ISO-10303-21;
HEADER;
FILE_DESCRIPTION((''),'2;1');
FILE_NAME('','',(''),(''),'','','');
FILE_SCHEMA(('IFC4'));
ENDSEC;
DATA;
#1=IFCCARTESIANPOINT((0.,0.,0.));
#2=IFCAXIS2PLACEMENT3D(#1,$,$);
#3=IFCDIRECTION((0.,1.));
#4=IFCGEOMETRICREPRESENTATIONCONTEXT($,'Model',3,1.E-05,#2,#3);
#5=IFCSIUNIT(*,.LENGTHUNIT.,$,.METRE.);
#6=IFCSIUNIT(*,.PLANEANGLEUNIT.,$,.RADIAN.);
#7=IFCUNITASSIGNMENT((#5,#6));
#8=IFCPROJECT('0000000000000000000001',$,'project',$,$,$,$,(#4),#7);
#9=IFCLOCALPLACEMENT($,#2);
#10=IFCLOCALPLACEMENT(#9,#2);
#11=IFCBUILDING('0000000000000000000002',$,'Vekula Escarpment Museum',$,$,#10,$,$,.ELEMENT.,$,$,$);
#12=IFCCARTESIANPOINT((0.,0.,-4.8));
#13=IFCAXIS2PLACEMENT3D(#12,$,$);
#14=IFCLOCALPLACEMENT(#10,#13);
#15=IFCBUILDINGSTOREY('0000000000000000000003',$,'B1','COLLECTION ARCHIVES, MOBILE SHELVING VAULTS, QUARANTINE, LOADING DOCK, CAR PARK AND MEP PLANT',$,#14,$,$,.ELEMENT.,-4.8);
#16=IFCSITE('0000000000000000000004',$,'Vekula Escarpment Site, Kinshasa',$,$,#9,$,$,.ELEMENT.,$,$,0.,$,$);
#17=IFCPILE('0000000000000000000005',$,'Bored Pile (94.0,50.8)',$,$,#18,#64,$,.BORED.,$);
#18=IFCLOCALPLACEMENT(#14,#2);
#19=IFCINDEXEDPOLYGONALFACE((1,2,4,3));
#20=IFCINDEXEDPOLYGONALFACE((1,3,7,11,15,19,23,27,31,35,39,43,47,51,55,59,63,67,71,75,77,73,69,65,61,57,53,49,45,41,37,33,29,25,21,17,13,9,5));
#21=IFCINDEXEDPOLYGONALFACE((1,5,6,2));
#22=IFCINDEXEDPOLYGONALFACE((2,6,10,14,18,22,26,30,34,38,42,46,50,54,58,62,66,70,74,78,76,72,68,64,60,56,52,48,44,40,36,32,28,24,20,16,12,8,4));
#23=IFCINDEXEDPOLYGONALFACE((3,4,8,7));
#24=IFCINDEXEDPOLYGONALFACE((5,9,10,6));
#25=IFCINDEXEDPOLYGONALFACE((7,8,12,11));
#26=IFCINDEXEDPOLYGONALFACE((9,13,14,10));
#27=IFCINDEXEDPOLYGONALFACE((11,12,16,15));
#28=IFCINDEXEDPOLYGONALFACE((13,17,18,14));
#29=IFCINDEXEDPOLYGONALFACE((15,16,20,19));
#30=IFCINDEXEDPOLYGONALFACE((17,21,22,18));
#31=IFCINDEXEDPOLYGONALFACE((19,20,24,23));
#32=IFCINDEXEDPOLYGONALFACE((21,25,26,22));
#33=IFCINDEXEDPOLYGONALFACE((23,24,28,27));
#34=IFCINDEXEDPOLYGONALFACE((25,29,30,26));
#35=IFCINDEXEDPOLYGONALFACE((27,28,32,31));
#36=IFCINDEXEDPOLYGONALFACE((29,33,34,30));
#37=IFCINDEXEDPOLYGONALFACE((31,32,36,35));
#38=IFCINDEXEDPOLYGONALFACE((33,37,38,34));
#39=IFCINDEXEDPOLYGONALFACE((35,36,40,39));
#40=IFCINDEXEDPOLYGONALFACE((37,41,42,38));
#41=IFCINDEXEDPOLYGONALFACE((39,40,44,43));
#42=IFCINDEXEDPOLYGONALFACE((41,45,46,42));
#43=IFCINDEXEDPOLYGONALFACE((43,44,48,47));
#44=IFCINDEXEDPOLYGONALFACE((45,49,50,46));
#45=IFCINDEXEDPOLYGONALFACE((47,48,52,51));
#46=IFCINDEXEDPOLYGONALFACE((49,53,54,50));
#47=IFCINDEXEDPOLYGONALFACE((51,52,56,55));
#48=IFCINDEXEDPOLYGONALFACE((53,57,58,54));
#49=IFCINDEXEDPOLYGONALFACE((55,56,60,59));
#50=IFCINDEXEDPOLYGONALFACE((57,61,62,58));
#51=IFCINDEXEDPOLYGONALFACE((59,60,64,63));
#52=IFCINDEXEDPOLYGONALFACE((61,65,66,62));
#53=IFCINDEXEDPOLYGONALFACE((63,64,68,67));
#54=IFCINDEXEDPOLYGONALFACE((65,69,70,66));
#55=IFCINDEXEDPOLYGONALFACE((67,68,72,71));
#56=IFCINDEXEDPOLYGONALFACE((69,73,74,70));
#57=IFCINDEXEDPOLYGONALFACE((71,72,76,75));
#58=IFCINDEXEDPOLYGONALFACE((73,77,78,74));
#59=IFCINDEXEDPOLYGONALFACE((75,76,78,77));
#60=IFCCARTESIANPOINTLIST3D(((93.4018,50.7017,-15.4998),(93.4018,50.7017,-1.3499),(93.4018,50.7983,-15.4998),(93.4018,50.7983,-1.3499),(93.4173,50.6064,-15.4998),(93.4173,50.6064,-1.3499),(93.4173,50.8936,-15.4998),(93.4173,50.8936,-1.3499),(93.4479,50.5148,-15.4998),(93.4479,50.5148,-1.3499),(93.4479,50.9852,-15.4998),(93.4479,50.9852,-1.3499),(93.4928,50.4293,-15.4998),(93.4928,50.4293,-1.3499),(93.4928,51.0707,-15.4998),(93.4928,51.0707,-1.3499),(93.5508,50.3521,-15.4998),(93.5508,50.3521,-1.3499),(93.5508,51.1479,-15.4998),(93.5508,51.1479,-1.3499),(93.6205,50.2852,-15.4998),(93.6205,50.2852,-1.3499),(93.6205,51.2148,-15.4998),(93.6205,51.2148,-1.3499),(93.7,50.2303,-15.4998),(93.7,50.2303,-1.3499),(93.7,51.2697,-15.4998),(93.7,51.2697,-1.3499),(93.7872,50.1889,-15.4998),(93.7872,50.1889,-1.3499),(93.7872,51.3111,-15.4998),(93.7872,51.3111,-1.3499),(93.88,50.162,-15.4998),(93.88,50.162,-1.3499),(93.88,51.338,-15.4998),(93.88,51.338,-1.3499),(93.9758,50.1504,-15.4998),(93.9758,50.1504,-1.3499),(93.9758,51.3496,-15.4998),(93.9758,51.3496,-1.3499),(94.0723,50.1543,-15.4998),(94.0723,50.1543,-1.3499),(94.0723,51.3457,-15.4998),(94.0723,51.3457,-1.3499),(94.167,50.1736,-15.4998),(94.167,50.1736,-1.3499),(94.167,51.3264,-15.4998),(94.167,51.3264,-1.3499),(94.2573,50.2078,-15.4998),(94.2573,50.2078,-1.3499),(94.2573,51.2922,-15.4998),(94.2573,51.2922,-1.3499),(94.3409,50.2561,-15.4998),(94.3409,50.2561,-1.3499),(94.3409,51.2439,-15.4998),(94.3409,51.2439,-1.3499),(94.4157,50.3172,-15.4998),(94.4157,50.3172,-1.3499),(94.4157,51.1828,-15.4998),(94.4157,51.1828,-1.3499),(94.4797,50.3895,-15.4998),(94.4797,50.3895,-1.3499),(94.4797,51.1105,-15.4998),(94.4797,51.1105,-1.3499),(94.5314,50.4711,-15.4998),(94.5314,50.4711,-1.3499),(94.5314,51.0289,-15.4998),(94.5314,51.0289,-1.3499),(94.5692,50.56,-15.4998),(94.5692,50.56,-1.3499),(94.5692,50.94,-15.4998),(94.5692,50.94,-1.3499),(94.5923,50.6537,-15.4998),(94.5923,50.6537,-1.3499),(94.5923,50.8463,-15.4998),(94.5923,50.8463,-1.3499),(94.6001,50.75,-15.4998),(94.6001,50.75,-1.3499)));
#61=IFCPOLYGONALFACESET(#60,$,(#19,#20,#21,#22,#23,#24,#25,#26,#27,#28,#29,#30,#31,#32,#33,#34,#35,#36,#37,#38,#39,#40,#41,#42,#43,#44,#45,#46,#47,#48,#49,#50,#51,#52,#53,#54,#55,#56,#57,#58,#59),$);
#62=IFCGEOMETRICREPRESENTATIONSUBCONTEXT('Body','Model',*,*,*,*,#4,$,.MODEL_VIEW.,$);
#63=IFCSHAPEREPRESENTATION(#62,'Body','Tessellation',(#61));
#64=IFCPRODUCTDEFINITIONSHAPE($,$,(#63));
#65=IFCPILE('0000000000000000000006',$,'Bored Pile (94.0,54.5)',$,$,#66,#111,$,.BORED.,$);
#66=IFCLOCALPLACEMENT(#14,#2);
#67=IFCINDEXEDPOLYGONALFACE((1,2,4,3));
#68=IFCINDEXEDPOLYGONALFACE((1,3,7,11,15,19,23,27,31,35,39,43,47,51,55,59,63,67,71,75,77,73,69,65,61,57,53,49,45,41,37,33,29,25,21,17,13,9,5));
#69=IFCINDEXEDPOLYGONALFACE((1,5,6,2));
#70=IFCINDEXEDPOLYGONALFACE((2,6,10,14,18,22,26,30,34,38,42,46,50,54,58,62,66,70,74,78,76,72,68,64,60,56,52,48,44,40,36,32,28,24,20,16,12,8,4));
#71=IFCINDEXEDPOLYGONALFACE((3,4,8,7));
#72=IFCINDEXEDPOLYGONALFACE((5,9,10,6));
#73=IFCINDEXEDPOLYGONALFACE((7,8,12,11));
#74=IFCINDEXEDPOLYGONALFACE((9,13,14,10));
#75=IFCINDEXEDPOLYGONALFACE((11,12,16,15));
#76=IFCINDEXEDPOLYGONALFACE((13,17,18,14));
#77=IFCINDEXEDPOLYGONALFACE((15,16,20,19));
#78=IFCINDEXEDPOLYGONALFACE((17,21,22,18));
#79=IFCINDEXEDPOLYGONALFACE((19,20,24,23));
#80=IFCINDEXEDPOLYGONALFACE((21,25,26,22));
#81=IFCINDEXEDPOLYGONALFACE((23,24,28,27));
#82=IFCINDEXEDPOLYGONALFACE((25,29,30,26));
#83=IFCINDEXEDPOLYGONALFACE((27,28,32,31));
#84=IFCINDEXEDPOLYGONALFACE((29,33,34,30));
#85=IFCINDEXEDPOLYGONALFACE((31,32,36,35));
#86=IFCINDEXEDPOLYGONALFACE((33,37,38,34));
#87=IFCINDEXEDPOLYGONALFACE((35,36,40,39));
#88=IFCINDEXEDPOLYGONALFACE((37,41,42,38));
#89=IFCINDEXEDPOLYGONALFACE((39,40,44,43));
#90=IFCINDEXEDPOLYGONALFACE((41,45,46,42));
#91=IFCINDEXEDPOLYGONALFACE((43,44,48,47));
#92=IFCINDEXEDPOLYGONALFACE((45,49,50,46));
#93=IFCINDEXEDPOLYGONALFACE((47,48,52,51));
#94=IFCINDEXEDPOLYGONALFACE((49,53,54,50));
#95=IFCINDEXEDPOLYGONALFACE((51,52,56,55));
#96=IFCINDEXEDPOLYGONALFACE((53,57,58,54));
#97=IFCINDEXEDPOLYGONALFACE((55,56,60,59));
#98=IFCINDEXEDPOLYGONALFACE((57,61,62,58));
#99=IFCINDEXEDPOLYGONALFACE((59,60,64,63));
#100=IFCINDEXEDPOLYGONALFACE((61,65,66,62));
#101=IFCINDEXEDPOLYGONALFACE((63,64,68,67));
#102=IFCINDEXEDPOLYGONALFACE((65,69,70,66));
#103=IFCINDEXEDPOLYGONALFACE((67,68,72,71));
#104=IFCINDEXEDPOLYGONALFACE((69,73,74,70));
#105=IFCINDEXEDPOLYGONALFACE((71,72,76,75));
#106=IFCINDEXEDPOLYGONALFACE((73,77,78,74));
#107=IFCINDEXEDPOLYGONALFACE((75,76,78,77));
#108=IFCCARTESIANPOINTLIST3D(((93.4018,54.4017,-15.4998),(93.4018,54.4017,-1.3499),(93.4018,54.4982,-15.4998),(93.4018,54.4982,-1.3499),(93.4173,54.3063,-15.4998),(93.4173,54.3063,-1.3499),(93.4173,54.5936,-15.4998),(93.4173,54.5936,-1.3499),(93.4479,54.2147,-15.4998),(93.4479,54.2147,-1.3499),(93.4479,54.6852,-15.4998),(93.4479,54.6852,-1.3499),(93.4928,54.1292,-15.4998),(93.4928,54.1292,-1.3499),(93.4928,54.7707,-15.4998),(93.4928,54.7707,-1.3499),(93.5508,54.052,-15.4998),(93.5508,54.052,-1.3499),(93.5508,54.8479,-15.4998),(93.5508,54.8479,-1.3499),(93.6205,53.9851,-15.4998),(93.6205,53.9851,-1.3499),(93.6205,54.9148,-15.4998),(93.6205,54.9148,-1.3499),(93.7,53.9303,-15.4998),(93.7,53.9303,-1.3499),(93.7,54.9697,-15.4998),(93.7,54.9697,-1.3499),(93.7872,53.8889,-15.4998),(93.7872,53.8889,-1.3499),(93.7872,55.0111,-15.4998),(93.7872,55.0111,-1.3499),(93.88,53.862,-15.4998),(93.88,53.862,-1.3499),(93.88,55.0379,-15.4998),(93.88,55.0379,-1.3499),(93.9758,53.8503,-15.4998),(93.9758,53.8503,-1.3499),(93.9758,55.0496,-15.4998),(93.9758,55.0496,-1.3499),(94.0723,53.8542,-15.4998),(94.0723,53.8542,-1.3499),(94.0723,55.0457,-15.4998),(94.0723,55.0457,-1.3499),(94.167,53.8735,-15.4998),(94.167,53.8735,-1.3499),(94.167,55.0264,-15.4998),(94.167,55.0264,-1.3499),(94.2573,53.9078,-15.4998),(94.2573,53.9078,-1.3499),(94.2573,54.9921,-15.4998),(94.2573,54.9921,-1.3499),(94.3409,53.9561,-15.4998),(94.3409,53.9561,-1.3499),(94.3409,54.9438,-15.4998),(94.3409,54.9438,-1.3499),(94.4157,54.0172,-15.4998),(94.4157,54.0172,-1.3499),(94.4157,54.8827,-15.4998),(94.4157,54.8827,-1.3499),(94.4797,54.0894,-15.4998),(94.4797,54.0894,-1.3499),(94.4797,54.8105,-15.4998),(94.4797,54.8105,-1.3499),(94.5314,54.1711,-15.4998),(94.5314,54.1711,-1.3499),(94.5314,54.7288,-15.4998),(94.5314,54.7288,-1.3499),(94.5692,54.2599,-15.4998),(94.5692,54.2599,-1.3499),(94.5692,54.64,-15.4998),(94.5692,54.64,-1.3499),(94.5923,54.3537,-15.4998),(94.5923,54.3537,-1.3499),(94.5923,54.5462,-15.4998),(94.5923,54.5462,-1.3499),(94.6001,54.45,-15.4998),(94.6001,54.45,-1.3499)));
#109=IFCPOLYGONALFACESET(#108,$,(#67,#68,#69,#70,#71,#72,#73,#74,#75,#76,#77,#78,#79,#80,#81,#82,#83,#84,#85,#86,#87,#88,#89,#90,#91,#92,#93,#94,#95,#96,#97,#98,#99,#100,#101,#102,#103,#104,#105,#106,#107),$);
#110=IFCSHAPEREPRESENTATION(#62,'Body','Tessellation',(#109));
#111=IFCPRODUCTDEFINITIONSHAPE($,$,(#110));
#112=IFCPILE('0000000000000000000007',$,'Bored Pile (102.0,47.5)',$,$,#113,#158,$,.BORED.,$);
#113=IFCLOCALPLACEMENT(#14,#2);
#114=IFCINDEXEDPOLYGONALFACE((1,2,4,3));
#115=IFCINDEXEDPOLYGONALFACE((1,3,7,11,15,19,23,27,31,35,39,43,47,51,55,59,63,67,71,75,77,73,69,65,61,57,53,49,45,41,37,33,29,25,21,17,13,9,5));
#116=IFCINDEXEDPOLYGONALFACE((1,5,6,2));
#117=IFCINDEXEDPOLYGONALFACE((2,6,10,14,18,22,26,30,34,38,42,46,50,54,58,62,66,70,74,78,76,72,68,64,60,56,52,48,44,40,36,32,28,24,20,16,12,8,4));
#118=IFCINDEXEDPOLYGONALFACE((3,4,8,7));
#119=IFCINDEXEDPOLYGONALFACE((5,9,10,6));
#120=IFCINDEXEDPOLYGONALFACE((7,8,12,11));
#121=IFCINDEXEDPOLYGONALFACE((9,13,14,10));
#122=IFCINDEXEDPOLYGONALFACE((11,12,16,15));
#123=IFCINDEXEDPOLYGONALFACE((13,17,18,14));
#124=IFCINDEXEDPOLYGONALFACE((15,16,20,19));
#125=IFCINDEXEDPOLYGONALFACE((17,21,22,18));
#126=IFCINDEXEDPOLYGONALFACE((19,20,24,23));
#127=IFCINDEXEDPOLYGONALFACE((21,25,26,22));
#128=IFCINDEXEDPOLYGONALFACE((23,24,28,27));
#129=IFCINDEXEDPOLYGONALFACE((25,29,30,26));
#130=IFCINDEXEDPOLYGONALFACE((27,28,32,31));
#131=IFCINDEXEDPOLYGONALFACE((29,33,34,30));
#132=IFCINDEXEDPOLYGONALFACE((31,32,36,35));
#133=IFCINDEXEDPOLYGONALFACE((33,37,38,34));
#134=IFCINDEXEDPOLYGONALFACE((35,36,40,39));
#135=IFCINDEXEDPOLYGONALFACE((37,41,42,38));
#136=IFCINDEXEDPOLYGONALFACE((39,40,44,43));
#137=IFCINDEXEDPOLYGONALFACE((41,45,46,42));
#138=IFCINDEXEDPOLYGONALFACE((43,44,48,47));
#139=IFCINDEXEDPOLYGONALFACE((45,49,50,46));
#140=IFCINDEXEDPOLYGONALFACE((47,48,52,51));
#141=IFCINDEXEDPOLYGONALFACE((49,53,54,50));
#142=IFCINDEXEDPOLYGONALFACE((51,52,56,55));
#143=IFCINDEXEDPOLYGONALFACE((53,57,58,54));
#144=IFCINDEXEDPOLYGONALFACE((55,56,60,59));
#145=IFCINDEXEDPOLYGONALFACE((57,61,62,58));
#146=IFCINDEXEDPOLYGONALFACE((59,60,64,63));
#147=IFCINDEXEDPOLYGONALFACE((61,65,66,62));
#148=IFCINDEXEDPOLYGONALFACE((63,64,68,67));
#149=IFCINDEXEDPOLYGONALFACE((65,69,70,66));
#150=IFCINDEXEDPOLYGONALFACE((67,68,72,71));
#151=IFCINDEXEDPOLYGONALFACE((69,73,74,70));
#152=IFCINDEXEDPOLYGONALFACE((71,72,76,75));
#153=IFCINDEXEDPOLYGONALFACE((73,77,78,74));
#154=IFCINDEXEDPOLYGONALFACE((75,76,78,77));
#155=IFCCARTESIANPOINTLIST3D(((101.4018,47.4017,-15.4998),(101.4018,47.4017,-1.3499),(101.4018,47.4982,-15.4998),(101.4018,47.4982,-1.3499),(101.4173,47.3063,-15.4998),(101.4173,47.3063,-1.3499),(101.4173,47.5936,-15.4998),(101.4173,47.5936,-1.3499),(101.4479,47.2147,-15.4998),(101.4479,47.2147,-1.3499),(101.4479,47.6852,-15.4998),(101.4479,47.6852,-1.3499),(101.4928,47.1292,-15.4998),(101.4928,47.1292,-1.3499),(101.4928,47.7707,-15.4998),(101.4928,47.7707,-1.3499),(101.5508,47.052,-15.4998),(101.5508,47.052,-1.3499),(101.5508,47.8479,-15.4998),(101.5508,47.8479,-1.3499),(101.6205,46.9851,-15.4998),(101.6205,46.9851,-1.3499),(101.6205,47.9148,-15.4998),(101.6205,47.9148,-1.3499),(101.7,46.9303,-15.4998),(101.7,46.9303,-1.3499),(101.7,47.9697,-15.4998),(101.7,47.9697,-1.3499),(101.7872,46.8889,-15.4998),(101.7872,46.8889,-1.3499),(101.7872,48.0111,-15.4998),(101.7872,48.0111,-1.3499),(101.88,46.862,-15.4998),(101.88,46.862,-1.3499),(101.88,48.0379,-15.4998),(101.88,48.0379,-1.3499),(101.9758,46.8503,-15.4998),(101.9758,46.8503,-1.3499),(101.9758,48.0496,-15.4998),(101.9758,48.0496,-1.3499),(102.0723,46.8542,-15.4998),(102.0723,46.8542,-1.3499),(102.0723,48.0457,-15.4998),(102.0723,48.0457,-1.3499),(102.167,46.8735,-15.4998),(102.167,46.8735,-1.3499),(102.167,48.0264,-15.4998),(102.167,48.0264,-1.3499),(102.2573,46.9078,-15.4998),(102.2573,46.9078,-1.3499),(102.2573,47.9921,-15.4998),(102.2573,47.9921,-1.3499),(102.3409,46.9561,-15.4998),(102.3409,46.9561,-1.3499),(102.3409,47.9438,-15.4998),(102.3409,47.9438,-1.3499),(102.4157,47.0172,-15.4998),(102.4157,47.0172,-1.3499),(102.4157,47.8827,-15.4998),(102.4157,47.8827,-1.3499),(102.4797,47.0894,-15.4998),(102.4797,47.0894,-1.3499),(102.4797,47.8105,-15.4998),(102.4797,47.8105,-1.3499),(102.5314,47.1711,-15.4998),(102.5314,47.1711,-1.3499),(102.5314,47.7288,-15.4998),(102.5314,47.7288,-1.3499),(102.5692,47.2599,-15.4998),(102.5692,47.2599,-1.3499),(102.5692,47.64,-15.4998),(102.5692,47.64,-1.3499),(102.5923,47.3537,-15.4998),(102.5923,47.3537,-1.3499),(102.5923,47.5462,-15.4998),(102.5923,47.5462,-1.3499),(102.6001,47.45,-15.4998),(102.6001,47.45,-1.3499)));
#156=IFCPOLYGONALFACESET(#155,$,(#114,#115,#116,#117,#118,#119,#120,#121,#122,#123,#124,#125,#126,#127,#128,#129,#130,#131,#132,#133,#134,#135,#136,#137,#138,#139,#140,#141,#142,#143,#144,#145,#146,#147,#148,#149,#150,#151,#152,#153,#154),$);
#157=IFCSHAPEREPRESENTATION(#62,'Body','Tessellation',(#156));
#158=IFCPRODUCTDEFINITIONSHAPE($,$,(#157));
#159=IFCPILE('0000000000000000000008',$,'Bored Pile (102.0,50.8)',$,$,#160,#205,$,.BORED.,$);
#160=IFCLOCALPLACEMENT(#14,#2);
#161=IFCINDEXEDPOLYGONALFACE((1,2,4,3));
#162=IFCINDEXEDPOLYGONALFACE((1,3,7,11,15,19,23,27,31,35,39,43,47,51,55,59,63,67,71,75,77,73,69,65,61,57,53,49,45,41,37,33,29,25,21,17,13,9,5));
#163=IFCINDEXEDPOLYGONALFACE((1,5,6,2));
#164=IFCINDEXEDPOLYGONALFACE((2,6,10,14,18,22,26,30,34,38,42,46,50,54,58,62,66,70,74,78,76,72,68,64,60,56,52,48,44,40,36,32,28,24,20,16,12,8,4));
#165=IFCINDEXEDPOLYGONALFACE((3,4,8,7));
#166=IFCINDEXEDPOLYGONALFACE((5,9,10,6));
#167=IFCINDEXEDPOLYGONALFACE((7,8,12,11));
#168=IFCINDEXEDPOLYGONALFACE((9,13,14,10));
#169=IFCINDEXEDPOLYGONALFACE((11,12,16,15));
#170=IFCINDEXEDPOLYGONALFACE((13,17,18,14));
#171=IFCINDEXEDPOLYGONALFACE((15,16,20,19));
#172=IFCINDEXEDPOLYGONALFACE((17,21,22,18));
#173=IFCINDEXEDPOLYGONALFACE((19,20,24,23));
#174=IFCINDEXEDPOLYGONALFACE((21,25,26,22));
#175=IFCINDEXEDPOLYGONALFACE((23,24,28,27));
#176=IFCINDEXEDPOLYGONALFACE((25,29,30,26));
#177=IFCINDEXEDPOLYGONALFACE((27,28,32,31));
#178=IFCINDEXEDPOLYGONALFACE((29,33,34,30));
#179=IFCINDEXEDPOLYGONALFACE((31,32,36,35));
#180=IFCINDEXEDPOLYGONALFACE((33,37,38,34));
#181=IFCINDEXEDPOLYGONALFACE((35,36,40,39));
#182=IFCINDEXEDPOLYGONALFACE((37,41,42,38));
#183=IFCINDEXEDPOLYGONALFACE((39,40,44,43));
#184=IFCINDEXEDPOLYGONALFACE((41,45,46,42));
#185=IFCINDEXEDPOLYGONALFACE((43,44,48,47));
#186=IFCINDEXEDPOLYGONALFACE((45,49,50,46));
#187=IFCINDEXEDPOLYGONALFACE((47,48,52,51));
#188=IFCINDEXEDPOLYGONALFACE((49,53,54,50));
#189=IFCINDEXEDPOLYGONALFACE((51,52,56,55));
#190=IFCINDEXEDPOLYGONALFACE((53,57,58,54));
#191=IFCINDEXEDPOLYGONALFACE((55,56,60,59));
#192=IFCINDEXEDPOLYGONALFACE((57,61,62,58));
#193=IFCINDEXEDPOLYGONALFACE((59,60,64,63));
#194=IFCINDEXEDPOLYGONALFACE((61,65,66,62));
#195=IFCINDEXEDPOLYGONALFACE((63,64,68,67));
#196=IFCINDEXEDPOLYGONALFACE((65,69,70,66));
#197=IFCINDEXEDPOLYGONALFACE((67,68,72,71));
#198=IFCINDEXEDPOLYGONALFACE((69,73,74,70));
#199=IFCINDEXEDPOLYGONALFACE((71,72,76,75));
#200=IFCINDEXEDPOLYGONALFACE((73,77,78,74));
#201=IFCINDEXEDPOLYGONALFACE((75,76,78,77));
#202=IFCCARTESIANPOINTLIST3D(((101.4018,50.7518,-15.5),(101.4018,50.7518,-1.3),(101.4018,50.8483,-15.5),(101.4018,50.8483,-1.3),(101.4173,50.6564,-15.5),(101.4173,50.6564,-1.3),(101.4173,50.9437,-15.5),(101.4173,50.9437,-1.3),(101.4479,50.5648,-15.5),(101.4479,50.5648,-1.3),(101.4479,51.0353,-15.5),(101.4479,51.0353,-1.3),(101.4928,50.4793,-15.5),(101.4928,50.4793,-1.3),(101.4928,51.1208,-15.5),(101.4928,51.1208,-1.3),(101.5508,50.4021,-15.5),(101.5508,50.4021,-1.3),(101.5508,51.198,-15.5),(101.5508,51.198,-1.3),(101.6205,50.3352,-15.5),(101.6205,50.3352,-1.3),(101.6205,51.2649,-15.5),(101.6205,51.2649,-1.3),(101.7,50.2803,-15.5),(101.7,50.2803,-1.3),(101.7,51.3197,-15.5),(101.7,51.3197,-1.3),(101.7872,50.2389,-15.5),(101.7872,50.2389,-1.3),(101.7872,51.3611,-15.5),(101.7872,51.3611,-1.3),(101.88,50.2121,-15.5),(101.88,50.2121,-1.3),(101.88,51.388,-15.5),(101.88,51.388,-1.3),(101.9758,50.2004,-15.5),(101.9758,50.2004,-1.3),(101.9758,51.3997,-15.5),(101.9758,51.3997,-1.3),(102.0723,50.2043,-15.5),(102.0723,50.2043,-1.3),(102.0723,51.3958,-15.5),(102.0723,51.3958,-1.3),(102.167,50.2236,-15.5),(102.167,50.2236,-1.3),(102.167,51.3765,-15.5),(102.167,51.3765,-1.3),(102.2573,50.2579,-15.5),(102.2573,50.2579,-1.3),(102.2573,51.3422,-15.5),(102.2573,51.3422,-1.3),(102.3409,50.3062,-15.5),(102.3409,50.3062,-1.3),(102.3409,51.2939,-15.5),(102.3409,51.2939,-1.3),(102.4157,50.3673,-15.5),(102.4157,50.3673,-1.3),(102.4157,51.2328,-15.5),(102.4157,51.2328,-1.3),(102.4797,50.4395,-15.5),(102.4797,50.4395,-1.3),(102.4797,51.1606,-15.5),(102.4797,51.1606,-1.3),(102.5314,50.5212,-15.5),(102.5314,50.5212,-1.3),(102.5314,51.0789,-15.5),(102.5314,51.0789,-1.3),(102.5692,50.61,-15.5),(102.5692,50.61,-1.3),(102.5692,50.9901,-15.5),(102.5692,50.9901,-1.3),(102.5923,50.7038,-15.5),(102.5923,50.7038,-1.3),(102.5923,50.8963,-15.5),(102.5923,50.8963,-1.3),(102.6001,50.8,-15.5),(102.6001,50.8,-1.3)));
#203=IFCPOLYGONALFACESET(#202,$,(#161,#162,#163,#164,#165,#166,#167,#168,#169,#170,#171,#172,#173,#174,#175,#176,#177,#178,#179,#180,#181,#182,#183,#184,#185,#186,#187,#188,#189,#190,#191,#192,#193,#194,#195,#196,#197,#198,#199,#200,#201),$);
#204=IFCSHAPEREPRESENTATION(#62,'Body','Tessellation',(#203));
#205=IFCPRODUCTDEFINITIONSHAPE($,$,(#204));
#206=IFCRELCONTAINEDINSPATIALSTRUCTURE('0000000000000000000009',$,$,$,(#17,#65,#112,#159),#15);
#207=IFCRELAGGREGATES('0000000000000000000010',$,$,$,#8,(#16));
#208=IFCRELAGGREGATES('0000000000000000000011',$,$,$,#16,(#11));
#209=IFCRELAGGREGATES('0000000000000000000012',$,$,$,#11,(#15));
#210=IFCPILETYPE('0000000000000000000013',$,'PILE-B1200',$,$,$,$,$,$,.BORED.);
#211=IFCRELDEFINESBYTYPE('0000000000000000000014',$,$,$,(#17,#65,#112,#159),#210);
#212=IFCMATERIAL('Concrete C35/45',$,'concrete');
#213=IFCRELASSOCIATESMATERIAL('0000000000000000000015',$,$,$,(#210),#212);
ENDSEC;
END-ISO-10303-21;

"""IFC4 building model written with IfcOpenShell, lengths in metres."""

from ifc_helpers import new_model, si_unit, direction, frame, origin, origin_2d, place, context, subcontext, project, spatial, circle, extrude, material, material_profile, profile_set, type_object, element, save


model = new_model("IFC4")

# Units and contexts
model_context = context("Model", 3, precision=1e-05, world=origin(), true_north=direction((0.0, 1.0)))
body_context = subcontext(model_context, "Body", "Model", "MODEL_VIEW")
ifc_project = project(units=[si_unit("LENGTHUNIT", "METRE"), si_unit("PLANEANGLEUNIT", "RADIAN")], contexts=[model_context])

# Site, building, storey
site_placement = place(None, origin())
site = spatial("IfcSite", under=ifc_project, at=site_placement, Name="Vekula Escarpment Site, Kinshasa", CompositionType="ELEMENT", RefElevation=0.0)
building_placement = place(site_placement, origin())
building = spatial("IfcBuilding", under=site, at=building_placement, Name="Vekula Escarpment Museum", CompositionType="ELEMENT")
storey_placement = place(building_placement, frame((0.0, 0.0, -4.8)))
storey = spatial("IfcBuildingStorey", under=building, at=storey_placement, Name="B1", Description="COLLECTION ARCHIVES, MOBILE SHELVING VAULTS, QUARANTINE, LOADING DOCK, CAR PARK AND MEP PLANT", CompositionType="ELEMENT", Elevation=-4.8)

# Piles
ifc_material_1 = material(Name="Concrete C35/45", Category="concrete")
ifc_material_profile_1 = material_profile(ifc_material_1, circle(Radius=0.6001, at=origin_2d()), Name="BORED PILE 1200")
ifc_profile_set_1 = profile_set([ifc_material_profile_1], Name="Concrete C35/45")
pile_type = type_object("IfcPileType", Name="PILE-B1200", PredefinedType="BORED", material=ifc_profile_set_1)
for number, where, z_axis, x_axis, name in (
    (1, (94.0, 50.75, -1.3499), (0.0, 0.0, -1.0), (1.0, 0.0, 0.0), "Bored Pile (94.0,50.8)"),
    (2, (94.0, 54.45, -1.3499), (0.0, 0.0, -1.0), (1.0, 0.0, 0.0), "Bored Pile (94.0,54.5)"),
    (3, (102.0, 47.45, -1.3499), (0.0, 0.0, -1.0), (1.0, 0.0, 0.0), "Bored Pile (102.0,47.5)"),
):
    element("IfcPile", number, at=place(storey_placement, frame(where, z_axis=z_axis, x_axis=x_axis)), inside=storey, type_object=pile_type, Name=name, PredefinedType="BORED", context=body_context, shape_type="SweptSolid", body=[
        extrude(circle(Radius=0.6001, at=origin_2d()), origin(), (0.0, 0.0, 1.0), 14.1499),
    ])
for number, where, z_axis, x_axis, name in (
    (4, (102.0, 50.8, -1.3), (0.0, 0.0, -1.0), (1.0, 0.0, 0.0), "Bored Pile (102.0,50.8)"),
):
    element("IfcPile", number, at=place(storey_placement, frame(where, z_axis=z_axis, x_axis=x_axis)), inside=storey, type_object=pile_type, Name=name, PredefinedType="BORED", context=body_context, shape_type="SweptSolid", body=[
        extrude(circle(Radius=0.6001, at=origin_2d()), origin(), (0.0, 0.0, 1.0), 14.2),
    ])

save(model, "model.ifc")
